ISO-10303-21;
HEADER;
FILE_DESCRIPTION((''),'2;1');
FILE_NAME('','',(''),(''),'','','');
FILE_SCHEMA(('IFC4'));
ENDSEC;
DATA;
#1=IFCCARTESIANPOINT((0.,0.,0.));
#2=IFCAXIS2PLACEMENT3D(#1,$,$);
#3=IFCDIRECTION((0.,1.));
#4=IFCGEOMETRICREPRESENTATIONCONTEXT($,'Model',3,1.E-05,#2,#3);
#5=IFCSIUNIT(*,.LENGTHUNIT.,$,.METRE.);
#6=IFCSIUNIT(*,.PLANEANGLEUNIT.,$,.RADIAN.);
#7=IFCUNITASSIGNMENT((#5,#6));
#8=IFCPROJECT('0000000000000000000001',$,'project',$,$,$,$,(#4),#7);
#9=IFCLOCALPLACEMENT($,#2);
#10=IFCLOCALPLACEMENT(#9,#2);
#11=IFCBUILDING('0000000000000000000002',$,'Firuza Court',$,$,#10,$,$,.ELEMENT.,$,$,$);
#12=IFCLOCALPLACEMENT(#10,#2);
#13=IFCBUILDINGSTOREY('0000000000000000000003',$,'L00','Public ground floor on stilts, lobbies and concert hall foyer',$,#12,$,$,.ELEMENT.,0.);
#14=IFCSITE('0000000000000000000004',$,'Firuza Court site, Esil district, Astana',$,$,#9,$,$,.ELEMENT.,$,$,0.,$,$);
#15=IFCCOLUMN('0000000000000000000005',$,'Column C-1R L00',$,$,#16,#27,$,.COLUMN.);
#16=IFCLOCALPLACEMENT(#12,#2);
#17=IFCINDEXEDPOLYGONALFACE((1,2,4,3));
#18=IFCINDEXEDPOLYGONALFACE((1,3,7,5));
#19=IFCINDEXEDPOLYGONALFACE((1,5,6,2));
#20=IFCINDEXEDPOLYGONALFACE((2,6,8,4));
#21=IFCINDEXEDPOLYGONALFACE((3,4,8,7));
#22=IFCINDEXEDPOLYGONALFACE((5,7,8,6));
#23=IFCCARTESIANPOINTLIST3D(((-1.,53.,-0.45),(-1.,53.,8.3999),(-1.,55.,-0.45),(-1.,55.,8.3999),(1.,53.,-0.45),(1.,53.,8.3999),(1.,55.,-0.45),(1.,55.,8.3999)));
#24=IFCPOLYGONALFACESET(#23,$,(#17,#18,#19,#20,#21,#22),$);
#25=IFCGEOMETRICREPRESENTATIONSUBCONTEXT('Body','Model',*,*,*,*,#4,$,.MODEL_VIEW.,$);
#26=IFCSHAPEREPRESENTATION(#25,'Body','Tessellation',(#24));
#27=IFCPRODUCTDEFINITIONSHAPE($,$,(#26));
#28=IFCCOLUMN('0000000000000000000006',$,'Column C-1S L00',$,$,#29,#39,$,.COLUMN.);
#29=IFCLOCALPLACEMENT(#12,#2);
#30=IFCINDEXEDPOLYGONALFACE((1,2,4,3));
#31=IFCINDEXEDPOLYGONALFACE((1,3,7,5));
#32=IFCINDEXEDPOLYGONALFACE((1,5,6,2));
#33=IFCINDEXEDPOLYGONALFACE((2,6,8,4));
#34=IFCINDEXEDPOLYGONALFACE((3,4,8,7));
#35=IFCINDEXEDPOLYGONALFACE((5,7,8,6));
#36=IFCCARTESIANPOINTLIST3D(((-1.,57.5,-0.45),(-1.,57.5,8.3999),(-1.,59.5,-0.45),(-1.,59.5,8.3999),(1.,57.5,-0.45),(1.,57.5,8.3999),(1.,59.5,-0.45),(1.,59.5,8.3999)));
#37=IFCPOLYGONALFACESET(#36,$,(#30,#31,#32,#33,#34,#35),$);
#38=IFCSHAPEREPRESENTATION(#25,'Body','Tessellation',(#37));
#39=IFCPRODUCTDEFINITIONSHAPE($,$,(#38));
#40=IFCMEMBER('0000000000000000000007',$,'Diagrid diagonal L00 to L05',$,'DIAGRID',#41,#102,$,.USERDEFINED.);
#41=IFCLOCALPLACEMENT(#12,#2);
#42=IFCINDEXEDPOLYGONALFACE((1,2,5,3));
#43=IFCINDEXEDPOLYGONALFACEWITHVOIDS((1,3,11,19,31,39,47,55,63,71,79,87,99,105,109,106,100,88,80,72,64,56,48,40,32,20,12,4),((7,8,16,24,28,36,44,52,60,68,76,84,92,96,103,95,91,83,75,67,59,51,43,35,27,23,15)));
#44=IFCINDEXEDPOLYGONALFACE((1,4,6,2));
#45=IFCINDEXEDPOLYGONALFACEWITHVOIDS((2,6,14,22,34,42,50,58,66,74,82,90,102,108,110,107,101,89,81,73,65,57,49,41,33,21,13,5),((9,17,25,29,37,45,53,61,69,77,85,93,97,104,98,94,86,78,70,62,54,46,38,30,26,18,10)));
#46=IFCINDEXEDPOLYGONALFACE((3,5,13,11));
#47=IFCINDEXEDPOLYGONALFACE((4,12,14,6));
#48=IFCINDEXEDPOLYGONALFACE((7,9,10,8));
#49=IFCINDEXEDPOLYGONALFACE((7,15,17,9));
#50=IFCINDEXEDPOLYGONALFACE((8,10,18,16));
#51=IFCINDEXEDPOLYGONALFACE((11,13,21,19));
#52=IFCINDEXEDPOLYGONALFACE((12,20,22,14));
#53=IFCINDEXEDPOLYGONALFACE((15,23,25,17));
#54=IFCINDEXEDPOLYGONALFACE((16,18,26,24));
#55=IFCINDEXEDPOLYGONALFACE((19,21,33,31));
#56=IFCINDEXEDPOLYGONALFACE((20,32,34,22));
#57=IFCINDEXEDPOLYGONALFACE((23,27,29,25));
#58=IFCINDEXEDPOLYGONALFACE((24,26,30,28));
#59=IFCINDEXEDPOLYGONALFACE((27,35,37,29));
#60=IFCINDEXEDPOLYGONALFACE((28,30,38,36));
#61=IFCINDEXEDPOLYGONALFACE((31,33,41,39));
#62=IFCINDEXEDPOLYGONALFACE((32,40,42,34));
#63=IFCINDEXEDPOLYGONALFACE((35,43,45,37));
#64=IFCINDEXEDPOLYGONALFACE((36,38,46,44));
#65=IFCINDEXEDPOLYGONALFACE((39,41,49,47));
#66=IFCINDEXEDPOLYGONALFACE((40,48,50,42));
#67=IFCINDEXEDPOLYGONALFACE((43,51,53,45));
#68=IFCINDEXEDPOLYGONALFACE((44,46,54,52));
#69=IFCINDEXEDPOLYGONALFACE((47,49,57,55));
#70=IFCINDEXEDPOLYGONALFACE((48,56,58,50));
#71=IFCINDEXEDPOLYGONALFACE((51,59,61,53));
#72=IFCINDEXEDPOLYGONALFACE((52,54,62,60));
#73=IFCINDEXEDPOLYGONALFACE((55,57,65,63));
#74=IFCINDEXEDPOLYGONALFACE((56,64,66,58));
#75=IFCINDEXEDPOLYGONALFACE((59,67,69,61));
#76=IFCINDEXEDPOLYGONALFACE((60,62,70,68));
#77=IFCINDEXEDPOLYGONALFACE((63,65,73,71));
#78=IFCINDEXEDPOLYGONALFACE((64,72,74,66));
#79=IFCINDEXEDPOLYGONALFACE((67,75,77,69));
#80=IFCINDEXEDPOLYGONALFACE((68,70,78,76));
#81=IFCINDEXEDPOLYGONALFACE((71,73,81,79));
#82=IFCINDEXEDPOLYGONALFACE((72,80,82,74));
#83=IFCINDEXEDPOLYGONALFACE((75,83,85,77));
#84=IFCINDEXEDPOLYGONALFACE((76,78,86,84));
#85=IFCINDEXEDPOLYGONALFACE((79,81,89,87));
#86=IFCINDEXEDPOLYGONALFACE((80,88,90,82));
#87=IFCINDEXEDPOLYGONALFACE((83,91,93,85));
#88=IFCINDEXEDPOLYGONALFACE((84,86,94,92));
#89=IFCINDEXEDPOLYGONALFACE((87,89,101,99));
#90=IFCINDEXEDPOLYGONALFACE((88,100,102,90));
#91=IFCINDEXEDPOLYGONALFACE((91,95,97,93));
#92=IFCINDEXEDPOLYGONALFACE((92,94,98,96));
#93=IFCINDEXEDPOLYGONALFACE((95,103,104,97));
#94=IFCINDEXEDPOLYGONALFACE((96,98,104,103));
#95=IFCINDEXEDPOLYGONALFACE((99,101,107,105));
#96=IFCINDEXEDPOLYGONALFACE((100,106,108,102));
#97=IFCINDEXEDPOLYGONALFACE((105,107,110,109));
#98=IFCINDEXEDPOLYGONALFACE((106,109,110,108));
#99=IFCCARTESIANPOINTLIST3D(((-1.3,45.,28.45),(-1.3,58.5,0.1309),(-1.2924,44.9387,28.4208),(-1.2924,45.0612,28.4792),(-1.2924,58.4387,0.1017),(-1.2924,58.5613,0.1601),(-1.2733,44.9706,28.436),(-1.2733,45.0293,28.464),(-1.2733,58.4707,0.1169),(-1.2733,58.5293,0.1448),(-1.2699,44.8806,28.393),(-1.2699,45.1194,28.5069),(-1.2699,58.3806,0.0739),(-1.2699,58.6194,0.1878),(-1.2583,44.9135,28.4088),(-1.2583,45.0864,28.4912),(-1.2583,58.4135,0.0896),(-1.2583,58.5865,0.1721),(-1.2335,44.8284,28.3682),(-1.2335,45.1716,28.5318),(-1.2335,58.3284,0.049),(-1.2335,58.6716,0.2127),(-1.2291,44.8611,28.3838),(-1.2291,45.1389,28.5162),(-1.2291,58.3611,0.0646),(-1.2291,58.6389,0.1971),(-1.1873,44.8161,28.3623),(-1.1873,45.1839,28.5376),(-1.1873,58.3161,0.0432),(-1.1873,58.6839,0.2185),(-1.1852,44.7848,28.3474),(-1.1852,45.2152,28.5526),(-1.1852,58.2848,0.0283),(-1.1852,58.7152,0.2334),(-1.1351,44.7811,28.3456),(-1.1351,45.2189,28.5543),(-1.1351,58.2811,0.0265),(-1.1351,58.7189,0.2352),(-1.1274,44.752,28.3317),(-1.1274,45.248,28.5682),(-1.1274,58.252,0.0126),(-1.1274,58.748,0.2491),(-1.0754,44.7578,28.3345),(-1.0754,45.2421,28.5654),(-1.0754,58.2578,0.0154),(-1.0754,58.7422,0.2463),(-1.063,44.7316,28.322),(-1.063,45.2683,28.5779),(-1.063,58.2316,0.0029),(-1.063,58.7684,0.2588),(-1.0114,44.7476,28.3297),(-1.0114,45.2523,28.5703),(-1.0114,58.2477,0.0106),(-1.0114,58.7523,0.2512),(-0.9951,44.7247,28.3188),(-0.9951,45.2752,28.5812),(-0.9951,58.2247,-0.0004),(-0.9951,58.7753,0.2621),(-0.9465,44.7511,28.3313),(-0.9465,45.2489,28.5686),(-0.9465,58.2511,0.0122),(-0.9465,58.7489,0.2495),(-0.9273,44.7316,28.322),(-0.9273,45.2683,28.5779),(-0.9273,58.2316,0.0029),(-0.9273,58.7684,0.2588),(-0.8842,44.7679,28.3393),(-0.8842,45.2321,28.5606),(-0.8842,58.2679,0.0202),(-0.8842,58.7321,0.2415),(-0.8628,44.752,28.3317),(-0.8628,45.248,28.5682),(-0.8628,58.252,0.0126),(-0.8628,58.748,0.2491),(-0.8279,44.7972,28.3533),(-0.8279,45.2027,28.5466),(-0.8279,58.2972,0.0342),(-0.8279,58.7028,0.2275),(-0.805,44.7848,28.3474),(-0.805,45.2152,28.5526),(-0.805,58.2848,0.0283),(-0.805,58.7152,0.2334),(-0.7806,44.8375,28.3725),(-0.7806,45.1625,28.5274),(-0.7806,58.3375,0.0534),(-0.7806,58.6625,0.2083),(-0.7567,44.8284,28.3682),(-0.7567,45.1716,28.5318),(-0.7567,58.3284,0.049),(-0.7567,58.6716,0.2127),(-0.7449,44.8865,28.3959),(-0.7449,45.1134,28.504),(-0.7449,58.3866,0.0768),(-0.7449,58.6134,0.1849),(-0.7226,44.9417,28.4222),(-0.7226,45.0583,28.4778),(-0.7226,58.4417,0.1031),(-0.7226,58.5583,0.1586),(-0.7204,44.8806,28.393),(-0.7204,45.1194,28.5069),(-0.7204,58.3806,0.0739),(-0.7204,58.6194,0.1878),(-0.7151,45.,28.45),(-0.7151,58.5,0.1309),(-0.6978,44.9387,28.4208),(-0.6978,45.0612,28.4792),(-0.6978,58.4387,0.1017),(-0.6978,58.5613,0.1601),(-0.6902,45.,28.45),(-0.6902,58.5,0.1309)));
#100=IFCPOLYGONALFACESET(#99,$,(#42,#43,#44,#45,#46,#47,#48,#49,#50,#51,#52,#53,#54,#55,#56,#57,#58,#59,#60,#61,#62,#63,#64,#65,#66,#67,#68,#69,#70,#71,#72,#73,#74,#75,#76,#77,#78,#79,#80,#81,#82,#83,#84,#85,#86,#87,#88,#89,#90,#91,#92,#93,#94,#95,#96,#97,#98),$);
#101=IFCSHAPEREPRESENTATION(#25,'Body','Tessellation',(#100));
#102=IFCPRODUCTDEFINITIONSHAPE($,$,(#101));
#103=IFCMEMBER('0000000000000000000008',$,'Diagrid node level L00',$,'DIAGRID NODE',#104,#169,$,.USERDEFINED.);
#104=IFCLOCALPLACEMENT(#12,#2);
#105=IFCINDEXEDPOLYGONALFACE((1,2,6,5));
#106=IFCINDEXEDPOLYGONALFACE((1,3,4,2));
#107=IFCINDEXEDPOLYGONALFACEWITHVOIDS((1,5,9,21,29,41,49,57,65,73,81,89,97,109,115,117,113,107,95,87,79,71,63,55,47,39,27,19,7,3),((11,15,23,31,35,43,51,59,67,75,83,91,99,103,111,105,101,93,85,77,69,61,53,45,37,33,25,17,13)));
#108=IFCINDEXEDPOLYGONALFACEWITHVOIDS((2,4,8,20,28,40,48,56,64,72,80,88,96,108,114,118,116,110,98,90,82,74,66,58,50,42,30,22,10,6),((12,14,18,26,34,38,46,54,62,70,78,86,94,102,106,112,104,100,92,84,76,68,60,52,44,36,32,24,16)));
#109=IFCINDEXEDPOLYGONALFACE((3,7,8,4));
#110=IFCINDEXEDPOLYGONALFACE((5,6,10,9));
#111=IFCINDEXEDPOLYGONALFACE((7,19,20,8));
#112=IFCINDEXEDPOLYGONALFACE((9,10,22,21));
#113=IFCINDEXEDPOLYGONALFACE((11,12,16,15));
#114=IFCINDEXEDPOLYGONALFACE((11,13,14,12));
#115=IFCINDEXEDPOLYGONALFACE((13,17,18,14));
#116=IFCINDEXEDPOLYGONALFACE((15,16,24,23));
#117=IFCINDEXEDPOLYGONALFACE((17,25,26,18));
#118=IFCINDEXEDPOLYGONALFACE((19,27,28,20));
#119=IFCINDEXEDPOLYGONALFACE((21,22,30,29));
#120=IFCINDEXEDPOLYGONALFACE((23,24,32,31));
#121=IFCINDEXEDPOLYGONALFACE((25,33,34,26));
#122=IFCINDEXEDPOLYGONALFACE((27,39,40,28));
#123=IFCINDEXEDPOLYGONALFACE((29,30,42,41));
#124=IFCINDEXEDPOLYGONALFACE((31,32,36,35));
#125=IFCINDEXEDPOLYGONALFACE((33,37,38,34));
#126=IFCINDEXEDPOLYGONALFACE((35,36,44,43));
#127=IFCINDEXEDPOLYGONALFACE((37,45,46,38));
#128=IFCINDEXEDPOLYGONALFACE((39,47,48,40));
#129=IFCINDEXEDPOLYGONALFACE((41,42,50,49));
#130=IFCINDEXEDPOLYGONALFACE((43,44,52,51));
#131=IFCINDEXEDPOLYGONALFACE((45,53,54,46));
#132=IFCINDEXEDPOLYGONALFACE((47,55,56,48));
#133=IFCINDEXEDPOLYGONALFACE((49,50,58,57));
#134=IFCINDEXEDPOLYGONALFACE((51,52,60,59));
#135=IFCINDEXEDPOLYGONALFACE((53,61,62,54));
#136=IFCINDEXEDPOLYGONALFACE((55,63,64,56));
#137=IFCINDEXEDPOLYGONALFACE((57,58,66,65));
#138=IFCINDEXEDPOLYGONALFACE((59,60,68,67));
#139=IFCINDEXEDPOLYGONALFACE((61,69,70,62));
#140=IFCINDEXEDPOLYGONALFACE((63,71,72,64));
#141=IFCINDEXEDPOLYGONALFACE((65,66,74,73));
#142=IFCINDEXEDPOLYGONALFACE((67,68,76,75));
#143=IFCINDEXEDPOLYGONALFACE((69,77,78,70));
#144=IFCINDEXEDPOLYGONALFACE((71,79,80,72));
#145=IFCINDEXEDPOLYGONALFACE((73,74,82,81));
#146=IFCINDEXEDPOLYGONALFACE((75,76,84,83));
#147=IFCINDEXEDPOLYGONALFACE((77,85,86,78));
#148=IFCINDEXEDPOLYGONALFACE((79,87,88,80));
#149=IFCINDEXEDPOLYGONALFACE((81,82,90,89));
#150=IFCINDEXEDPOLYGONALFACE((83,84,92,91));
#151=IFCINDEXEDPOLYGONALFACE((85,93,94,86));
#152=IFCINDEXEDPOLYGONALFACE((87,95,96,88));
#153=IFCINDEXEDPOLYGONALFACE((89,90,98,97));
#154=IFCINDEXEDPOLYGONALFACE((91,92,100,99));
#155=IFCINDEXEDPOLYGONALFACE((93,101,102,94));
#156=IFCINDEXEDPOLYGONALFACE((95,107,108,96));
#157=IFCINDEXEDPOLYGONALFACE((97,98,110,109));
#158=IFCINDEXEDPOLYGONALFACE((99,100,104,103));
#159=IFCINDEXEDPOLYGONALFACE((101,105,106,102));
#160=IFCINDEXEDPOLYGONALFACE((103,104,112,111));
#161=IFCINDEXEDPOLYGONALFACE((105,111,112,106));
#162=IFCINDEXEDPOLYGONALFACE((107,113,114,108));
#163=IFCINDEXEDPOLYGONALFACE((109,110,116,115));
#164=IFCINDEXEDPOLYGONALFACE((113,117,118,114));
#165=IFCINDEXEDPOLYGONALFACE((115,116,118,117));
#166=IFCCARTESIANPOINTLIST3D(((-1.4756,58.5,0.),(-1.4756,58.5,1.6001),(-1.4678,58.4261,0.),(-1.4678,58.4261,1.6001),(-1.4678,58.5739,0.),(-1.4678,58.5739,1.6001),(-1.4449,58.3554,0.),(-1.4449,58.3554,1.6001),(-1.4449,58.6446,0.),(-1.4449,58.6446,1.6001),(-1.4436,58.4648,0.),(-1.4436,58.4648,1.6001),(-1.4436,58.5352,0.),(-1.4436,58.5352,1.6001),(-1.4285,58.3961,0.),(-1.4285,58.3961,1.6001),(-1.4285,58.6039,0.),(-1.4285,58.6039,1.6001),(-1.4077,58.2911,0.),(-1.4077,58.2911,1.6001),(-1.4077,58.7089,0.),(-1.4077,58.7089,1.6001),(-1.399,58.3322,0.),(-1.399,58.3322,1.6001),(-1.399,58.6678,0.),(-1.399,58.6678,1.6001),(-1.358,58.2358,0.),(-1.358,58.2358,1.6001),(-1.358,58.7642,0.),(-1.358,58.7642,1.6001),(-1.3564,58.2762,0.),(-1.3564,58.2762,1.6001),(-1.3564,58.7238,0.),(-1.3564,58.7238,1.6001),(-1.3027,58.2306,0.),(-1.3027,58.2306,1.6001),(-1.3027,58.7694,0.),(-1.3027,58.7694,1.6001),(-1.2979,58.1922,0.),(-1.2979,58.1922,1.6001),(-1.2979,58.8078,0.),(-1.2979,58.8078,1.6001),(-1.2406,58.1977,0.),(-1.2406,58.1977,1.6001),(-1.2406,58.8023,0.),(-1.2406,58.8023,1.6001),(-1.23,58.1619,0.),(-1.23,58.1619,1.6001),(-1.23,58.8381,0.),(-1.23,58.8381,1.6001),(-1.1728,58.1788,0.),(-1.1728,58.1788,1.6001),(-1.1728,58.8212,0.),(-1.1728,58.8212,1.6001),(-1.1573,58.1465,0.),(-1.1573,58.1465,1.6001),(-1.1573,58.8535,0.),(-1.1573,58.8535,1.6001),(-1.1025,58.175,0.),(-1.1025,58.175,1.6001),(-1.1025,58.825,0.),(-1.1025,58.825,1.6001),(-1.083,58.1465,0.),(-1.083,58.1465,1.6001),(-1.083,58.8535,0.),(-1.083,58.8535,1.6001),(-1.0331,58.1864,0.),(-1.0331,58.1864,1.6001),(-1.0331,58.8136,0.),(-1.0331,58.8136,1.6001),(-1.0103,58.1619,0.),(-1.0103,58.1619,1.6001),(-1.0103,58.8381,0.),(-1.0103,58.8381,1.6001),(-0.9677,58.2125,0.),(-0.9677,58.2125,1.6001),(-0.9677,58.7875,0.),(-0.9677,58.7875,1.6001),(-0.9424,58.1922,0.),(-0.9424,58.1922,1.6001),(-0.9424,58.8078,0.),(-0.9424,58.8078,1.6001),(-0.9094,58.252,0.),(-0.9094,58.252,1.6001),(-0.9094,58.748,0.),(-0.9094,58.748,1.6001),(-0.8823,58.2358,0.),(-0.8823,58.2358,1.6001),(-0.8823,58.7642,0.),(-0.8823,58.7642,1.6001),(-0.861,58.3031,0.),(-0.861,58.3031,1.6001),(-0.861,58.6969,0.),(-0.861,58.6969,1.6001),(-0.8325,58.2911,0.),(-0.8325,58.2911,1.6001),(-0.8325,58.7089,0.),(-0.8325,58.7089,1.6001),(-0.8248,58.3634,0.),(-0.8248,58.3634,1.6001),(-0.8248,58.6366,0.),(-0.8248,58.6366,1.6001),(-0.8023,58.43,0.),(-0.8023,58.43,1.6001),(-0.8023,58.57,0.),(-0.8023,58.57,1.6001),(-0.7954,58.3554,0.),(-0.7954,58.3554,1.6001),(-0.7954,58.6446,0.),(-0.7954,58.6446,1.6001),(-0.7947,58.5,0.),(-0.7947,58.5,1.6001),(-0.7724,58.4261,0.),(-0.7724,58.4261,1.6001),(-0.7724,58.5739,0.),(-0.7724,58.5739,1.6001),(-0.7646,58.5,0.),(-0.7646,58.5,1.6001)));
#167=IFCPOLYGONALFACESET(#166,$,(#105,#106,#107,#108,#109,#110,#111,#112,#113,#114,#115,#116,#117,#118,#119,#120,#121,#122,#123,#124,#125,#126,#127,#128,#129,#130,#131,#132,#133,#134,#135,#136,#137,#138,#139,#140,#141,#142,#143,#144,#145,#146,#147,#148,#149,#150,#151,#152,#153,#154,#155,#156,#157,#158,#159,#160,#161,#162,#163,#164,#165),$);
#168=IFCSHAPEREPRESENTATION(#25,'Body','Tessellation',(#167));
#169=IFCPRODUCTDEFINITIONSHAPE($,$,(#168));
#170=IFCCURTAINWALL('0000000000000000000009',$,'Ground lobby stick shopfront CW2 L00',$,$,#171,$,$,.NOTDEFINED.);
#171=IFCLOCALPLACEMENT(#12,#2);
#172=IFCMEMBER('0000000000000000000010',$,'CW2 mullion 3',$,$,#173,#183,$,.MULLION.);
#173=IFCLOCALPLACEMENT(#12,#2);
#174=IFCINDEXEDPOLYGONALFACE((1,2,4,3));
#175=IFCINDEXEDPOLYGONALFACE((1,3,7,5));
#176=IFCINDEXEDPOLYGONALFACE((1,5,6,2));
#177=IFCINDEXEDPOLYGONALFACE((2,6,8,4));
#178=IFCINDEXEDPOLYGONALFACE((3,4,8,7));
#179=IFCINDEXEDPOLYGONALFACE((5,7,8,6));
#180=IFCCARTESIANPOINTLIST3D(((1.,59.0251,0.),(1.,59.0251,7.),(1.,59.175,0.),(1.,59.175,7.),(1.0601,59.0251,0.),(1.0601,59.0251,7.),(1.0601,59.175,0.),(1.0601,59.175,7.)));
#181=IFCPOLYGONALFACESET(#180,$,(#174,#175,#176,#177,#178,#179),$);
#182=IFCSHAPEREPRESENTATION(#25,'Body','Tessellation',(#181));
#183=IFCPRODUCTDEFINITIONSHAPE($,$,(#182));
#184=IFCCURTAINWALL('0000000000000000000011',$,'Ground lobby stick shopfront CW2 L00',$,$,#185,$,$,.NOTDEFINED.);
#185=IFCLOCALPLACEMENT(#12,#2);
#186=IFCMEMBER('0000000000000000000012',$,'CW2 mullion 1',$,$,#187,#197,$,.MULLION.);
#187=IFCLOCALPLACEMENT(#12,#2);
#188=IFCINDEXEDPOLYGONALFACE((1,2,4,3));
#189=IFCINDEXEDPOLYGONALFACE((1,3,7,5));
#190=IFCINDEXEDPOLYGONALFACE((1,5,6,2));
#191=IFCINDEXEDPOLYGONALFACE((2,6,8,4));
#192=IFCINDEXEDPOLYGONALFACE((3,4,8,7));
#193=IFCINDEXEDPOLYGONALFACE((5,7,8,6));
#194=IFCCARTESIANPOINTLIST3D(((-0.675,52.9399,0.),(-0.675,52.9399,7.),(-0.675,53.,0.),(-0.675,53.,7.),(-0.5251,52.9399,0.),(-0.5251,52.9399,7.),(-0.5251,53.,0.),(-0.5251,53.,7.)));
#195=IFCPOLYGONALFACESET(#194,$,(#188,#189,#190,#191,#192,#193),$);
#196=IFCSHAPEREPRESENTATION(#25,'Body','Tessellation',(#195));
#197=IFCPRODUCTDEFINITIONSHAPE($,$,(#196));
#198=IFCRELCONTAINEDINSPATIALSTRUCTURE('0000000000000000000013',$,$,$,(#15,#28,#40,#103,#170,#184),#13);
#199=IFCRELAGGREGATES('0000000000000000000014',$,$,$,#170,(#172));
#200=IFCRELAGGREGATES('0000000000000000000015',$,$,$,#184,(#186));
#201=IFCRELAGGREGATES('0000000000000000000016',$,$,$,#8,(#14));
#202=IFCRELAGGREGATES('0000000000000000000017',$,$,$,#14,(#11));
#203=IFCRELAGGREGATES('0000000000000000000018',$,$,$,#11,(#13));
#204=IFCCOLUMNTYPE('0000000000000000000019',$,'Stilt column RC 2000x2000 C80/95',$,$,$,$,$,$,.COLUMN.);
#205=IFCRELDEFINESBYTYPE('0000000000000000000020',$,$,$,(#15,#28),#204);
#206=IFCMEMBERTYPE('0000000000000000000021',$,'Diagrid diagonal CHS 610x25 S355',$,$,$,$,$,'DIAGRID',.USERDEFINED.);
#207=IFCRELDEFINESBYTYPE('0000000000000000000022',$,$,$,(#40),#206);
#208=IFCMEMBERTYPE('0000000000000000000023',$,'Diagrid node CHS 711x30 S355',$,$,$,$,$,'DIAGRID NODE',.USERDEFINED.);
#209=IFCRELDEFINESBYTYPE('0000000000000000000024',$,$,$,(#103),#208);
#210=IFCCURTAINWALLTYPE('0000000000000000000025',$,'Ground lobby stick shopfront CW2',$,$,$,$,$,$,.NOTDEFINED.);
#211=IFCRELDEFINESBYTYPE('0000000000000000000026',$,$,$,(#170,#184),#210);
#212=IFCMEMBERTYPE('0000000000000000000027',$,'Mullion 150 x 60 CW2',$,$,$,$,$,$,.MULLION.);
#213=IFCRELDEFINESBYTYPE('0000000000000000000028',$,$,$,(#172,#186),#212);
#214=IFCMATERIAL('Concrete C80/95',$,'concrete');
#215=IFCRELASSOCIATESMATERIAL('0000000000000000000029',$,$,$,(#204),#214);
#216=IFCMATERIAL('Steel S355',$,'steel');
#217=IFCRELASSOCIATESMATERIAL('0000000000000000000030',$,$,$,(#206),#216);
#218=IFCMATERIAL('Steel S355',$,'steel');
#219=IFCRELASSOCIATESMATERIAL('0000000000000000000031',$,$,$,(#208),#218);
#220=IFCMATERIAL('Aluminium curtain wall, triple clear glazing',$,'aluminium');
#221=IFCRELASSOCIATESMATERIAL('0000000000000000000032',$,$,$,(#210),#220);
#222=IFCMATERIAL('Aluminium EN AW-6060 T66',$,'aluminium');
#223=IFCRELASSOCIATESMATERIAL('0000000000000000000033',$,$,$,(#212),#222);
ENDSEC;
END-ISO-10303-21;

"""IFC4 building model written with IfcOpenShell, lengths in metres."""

from ifc_helpers import new_model, si_unit, direction, frame, origin, origin_2d, place, context, subcontext, project, spatial, rectangle, hollow_circle, extrude, material, material_profile, profile_set, type_object, element, aggregate, save


model = new_model("IFC4")

# Units and contexts
model_context = context("Model", 3, precision=1e-05, world=origin(), true_north=direction((0.0, 1.0)))
body_context = subcontext(model_context, "Body", "Model", "MODEL_VIEW")
ifc_project = project(units=[si_unit("LENGTHUNIT", "METRE"), si_unit("PLANEANGLEUNIT", "RADIAN")], contexts=[model_context])

# Site, building, storey
site_placement = place(None, origin())
site = spatial("IfcSite", under=ifc_project, at=site_placement, Name="Firuza Court site, Esil district, Astana", CompositionType="ELEMENT", RefElevation=0.0)
building_placement = place(site_placement, origin())
building = spatial("IfcBuilding", under=site, at=building_placement, Name="Firuza Court", CompositionType="ELEMENT")
storey_placement = place(building_placement, origin())
storey = spatial("IfcBuildingStorey", under=building, at=storey_placement, Name="L00", Description="Public ground floor on stilts, lobbies and concert hall foyer", CompositionType="ELEMENT", Elevation=0.0)

# Columns
ifc_material_1 = material(Name="Concrete C80/95", Category="concrete")
ifc_material_profile_1 = material_profile(ifc_material_1, rectangle(XDim=2.0, YDim=2.0, at=origin_2d()), Name="RC 2000x2000")
ifc_profile_set_1 = profile_set([ifc_material_profile_1], Name="Concrete C80/95")
column_type = type_object("IfcColumnType", Name="Stilt column RC 2000x2000 C80/95", PredefinedType="COLUMN", material=ifc_profile_set_1)
for number, where, z_axis, x_axis, name in (
    (1, (0.0, 54.0, -0.45), (0.0, 0.0, 1.0), (1.0, 0.0, 0.0), "Column C-1R L00"),
    (2, (0.0, 58.5, -0.45), (0.0, 0.0, 1.0), (1.0, 0.0, 0.0), "Column C-1S L00"),
):
    element("IfcColumn", number, at=place(storey_placement, frame(where, z_axis=z_axis, x_axis=x_axis)), inside=storey, type_object=column_type, Name=name, PredefinedType="COLUMN", context=body_context, shape_type="SweptSolid", body=[
        extrude(rectangle(XDim=2.0, YDim=2.0, at=origin_2d()), origin(), (0.0, 0.0, 1.0), 8.8499),
    ])

# Members
ifc_material_2 = material(Name="Steel S355", Category="steel")
ifc_material_profile_2 = material_profile(ifc_material_2, hollow_circle(Radius=0.3049, WallThickness=0.0249, at=origin_2d()), Name="CHS 610x25")
ifc_profile_set_2 = profile_set([ifc_material_profile_2], Name="Steel S355")
member_type_1 = type_object("IfcMemberType", Name="Diagrid diagonal CHS 610x25 S355", ElementType="DIAGRID", PredefinedType="USERDEFINED", material=ifc_profile_set_2)
member_1_placement = place(storey_placement, frame((-0.9951, 58.5, 0.1309), z_axis=(0.0, -0.430316, 0.902678), x_axis=(1.0, 0.0, 0.0)))
element("IfcMember", 3, at=member_1_placement, inside=storey, type_object=member_type_1, Name="Diagrid diagonal L00 to L05", ObjectType="DIAGRID", PredefinedType="USERDEFINED", context=body_context, shape_type="SweptSolid", body=[
    extrude(hollow_circle(Radius=0.3049, WallThickness=0.0249, at=origin_2d()), origin(), (0.0, 0.0, 1.0), 31.3723),
])
ifc_material_3 = material(Name="Steel S355", Category="steel")
ifc_material_profile_3 = material_profile(ifc_material_3, hollow_circle(Radius=0.3555, WallThickness=0.03, at=origin_2d()), Name="CHS 711x30")
ifc_profile_set_3 = profile_set([ifc_material_profile_3], Name="Steel S355")
member_type_2 = type_object("IfcMemberType", Name="Diagrid node CHS 711x30 S355", ElementType="DIAGRID NODE", PredefinedType="USERDEFINED", material=ifc_profile_set_3)
member_2_placement = place(storey_placement, frame((-1.1201, 58.5, 0.0), z_axis=(0.0, 0.0, 1.0), x_axis=(1.0, 0.0, 0.0)))
element("IfcMember", 4, at=member_2_placement, inside=storey, type_object=member_type_2, Name="Diagrid node level L00", ObjectType="DIAGRID NODE", PredefinedType="USERDEFINED", context=body_context, shape_type="SweptSolid", body=[
    extrude(hollow_circle(Radius=0.3555, WallThickness=0.03, at=origin_2d()), origin(), (0.0, 0.0, 1.0), 1.6001),
])

# Curtain wall, member
ifc_material_4 = material(Name="Aluminium curtain wall, triple clear glazing", Category="aluminium")
curtain_wall_type = type_object("IfcCurtainWallType", Name="Ground lobby stick shopfront CW2", PredefinedType="NOTDEFINED", material=ifc_material_4)
curtain_wall_1_placement = place(storey_placement, origin())
curtain_wall_1 = element("IfcCurtainWall", 5, at=curtain_wall_1_placement, inside=storey, type_object=curtain_wall_type, Name="Ground lobby stick shopfront CW2 L00", PredefinedType="NOTDEFINED")
ifc_material_5 = material(Name="Aluminium EN AW-6060 T66", Category="aluminium")
ifc_material_profile_4 = material_profile(ifc_material_5, rectangle(XDim=0.1499, YDim=0.0601, at=origin_2d()), Name="Mullion 150 x 60 CW2")
ifc_profile_set_4 = profile_set([ifc_material_profile_4], Name="Aluminium EN AW-6060 T66")
member_type_3 = type_object("IfcMemberType", Name="Mullion 150 x 60 CW2", PredefinedType="MULLION", material=ifc_profile_set_4)
member_3_placement = place(storey_placement, frame((1.03, 59.1001, 0.0), z_axis=(0.0, 0.0, 1.0), x_axis=(0.0, -1.0, 0.0)))
member_3 = element("IfcMember", 6, at=member_3_placement, type_object=member_type_3, Name="CW2 mullion 3", PredefinedType="MULLION", context=body_context, shape_type="SweptSolid", body=[
    extrude(rectangle(XDim=0.1499, YDim=0.0601, at=origin_2d()), origin(), (0.0, 0.0, 1.0), 7.0),
])
aggregate(curtain_wall_1, [member_3])

# Curtain wall, member
curtain_wall_2_placement = place(storey_placement, origin())
curtain_wall_2 = element("IfcCurtainWall", 7, at=curtain_wall_2_placement, inside=storey, type_object=curtain_wall_type, Name="Ground lobby stick shopfront CW2 L00", PredefinedType="NOTDEFINED")
member_4_placement = place(storey_placement, frame((-0.6001, 52.97, 0.0), z_axis=(0.0, 0.0, 1.0), x_axis=(1.0, 0.0, 0.0)))
member_4 = element("IfcMember", 8, at=member_4_placement, type_object=member_type_3, Name="CW2 mullion 1", PredefinedType="MULLION", context=body_context, shape_type="SweptSolid", body=[
    extrude(rectangle(XDim=0.1499, YDim=0.0601, at=origin_2d()), origin(), (0.0, 0.0, 1.0), 7.0),
])

aggregate(curtain_wall_2, [member_4])

save(model, "model.ifc")
